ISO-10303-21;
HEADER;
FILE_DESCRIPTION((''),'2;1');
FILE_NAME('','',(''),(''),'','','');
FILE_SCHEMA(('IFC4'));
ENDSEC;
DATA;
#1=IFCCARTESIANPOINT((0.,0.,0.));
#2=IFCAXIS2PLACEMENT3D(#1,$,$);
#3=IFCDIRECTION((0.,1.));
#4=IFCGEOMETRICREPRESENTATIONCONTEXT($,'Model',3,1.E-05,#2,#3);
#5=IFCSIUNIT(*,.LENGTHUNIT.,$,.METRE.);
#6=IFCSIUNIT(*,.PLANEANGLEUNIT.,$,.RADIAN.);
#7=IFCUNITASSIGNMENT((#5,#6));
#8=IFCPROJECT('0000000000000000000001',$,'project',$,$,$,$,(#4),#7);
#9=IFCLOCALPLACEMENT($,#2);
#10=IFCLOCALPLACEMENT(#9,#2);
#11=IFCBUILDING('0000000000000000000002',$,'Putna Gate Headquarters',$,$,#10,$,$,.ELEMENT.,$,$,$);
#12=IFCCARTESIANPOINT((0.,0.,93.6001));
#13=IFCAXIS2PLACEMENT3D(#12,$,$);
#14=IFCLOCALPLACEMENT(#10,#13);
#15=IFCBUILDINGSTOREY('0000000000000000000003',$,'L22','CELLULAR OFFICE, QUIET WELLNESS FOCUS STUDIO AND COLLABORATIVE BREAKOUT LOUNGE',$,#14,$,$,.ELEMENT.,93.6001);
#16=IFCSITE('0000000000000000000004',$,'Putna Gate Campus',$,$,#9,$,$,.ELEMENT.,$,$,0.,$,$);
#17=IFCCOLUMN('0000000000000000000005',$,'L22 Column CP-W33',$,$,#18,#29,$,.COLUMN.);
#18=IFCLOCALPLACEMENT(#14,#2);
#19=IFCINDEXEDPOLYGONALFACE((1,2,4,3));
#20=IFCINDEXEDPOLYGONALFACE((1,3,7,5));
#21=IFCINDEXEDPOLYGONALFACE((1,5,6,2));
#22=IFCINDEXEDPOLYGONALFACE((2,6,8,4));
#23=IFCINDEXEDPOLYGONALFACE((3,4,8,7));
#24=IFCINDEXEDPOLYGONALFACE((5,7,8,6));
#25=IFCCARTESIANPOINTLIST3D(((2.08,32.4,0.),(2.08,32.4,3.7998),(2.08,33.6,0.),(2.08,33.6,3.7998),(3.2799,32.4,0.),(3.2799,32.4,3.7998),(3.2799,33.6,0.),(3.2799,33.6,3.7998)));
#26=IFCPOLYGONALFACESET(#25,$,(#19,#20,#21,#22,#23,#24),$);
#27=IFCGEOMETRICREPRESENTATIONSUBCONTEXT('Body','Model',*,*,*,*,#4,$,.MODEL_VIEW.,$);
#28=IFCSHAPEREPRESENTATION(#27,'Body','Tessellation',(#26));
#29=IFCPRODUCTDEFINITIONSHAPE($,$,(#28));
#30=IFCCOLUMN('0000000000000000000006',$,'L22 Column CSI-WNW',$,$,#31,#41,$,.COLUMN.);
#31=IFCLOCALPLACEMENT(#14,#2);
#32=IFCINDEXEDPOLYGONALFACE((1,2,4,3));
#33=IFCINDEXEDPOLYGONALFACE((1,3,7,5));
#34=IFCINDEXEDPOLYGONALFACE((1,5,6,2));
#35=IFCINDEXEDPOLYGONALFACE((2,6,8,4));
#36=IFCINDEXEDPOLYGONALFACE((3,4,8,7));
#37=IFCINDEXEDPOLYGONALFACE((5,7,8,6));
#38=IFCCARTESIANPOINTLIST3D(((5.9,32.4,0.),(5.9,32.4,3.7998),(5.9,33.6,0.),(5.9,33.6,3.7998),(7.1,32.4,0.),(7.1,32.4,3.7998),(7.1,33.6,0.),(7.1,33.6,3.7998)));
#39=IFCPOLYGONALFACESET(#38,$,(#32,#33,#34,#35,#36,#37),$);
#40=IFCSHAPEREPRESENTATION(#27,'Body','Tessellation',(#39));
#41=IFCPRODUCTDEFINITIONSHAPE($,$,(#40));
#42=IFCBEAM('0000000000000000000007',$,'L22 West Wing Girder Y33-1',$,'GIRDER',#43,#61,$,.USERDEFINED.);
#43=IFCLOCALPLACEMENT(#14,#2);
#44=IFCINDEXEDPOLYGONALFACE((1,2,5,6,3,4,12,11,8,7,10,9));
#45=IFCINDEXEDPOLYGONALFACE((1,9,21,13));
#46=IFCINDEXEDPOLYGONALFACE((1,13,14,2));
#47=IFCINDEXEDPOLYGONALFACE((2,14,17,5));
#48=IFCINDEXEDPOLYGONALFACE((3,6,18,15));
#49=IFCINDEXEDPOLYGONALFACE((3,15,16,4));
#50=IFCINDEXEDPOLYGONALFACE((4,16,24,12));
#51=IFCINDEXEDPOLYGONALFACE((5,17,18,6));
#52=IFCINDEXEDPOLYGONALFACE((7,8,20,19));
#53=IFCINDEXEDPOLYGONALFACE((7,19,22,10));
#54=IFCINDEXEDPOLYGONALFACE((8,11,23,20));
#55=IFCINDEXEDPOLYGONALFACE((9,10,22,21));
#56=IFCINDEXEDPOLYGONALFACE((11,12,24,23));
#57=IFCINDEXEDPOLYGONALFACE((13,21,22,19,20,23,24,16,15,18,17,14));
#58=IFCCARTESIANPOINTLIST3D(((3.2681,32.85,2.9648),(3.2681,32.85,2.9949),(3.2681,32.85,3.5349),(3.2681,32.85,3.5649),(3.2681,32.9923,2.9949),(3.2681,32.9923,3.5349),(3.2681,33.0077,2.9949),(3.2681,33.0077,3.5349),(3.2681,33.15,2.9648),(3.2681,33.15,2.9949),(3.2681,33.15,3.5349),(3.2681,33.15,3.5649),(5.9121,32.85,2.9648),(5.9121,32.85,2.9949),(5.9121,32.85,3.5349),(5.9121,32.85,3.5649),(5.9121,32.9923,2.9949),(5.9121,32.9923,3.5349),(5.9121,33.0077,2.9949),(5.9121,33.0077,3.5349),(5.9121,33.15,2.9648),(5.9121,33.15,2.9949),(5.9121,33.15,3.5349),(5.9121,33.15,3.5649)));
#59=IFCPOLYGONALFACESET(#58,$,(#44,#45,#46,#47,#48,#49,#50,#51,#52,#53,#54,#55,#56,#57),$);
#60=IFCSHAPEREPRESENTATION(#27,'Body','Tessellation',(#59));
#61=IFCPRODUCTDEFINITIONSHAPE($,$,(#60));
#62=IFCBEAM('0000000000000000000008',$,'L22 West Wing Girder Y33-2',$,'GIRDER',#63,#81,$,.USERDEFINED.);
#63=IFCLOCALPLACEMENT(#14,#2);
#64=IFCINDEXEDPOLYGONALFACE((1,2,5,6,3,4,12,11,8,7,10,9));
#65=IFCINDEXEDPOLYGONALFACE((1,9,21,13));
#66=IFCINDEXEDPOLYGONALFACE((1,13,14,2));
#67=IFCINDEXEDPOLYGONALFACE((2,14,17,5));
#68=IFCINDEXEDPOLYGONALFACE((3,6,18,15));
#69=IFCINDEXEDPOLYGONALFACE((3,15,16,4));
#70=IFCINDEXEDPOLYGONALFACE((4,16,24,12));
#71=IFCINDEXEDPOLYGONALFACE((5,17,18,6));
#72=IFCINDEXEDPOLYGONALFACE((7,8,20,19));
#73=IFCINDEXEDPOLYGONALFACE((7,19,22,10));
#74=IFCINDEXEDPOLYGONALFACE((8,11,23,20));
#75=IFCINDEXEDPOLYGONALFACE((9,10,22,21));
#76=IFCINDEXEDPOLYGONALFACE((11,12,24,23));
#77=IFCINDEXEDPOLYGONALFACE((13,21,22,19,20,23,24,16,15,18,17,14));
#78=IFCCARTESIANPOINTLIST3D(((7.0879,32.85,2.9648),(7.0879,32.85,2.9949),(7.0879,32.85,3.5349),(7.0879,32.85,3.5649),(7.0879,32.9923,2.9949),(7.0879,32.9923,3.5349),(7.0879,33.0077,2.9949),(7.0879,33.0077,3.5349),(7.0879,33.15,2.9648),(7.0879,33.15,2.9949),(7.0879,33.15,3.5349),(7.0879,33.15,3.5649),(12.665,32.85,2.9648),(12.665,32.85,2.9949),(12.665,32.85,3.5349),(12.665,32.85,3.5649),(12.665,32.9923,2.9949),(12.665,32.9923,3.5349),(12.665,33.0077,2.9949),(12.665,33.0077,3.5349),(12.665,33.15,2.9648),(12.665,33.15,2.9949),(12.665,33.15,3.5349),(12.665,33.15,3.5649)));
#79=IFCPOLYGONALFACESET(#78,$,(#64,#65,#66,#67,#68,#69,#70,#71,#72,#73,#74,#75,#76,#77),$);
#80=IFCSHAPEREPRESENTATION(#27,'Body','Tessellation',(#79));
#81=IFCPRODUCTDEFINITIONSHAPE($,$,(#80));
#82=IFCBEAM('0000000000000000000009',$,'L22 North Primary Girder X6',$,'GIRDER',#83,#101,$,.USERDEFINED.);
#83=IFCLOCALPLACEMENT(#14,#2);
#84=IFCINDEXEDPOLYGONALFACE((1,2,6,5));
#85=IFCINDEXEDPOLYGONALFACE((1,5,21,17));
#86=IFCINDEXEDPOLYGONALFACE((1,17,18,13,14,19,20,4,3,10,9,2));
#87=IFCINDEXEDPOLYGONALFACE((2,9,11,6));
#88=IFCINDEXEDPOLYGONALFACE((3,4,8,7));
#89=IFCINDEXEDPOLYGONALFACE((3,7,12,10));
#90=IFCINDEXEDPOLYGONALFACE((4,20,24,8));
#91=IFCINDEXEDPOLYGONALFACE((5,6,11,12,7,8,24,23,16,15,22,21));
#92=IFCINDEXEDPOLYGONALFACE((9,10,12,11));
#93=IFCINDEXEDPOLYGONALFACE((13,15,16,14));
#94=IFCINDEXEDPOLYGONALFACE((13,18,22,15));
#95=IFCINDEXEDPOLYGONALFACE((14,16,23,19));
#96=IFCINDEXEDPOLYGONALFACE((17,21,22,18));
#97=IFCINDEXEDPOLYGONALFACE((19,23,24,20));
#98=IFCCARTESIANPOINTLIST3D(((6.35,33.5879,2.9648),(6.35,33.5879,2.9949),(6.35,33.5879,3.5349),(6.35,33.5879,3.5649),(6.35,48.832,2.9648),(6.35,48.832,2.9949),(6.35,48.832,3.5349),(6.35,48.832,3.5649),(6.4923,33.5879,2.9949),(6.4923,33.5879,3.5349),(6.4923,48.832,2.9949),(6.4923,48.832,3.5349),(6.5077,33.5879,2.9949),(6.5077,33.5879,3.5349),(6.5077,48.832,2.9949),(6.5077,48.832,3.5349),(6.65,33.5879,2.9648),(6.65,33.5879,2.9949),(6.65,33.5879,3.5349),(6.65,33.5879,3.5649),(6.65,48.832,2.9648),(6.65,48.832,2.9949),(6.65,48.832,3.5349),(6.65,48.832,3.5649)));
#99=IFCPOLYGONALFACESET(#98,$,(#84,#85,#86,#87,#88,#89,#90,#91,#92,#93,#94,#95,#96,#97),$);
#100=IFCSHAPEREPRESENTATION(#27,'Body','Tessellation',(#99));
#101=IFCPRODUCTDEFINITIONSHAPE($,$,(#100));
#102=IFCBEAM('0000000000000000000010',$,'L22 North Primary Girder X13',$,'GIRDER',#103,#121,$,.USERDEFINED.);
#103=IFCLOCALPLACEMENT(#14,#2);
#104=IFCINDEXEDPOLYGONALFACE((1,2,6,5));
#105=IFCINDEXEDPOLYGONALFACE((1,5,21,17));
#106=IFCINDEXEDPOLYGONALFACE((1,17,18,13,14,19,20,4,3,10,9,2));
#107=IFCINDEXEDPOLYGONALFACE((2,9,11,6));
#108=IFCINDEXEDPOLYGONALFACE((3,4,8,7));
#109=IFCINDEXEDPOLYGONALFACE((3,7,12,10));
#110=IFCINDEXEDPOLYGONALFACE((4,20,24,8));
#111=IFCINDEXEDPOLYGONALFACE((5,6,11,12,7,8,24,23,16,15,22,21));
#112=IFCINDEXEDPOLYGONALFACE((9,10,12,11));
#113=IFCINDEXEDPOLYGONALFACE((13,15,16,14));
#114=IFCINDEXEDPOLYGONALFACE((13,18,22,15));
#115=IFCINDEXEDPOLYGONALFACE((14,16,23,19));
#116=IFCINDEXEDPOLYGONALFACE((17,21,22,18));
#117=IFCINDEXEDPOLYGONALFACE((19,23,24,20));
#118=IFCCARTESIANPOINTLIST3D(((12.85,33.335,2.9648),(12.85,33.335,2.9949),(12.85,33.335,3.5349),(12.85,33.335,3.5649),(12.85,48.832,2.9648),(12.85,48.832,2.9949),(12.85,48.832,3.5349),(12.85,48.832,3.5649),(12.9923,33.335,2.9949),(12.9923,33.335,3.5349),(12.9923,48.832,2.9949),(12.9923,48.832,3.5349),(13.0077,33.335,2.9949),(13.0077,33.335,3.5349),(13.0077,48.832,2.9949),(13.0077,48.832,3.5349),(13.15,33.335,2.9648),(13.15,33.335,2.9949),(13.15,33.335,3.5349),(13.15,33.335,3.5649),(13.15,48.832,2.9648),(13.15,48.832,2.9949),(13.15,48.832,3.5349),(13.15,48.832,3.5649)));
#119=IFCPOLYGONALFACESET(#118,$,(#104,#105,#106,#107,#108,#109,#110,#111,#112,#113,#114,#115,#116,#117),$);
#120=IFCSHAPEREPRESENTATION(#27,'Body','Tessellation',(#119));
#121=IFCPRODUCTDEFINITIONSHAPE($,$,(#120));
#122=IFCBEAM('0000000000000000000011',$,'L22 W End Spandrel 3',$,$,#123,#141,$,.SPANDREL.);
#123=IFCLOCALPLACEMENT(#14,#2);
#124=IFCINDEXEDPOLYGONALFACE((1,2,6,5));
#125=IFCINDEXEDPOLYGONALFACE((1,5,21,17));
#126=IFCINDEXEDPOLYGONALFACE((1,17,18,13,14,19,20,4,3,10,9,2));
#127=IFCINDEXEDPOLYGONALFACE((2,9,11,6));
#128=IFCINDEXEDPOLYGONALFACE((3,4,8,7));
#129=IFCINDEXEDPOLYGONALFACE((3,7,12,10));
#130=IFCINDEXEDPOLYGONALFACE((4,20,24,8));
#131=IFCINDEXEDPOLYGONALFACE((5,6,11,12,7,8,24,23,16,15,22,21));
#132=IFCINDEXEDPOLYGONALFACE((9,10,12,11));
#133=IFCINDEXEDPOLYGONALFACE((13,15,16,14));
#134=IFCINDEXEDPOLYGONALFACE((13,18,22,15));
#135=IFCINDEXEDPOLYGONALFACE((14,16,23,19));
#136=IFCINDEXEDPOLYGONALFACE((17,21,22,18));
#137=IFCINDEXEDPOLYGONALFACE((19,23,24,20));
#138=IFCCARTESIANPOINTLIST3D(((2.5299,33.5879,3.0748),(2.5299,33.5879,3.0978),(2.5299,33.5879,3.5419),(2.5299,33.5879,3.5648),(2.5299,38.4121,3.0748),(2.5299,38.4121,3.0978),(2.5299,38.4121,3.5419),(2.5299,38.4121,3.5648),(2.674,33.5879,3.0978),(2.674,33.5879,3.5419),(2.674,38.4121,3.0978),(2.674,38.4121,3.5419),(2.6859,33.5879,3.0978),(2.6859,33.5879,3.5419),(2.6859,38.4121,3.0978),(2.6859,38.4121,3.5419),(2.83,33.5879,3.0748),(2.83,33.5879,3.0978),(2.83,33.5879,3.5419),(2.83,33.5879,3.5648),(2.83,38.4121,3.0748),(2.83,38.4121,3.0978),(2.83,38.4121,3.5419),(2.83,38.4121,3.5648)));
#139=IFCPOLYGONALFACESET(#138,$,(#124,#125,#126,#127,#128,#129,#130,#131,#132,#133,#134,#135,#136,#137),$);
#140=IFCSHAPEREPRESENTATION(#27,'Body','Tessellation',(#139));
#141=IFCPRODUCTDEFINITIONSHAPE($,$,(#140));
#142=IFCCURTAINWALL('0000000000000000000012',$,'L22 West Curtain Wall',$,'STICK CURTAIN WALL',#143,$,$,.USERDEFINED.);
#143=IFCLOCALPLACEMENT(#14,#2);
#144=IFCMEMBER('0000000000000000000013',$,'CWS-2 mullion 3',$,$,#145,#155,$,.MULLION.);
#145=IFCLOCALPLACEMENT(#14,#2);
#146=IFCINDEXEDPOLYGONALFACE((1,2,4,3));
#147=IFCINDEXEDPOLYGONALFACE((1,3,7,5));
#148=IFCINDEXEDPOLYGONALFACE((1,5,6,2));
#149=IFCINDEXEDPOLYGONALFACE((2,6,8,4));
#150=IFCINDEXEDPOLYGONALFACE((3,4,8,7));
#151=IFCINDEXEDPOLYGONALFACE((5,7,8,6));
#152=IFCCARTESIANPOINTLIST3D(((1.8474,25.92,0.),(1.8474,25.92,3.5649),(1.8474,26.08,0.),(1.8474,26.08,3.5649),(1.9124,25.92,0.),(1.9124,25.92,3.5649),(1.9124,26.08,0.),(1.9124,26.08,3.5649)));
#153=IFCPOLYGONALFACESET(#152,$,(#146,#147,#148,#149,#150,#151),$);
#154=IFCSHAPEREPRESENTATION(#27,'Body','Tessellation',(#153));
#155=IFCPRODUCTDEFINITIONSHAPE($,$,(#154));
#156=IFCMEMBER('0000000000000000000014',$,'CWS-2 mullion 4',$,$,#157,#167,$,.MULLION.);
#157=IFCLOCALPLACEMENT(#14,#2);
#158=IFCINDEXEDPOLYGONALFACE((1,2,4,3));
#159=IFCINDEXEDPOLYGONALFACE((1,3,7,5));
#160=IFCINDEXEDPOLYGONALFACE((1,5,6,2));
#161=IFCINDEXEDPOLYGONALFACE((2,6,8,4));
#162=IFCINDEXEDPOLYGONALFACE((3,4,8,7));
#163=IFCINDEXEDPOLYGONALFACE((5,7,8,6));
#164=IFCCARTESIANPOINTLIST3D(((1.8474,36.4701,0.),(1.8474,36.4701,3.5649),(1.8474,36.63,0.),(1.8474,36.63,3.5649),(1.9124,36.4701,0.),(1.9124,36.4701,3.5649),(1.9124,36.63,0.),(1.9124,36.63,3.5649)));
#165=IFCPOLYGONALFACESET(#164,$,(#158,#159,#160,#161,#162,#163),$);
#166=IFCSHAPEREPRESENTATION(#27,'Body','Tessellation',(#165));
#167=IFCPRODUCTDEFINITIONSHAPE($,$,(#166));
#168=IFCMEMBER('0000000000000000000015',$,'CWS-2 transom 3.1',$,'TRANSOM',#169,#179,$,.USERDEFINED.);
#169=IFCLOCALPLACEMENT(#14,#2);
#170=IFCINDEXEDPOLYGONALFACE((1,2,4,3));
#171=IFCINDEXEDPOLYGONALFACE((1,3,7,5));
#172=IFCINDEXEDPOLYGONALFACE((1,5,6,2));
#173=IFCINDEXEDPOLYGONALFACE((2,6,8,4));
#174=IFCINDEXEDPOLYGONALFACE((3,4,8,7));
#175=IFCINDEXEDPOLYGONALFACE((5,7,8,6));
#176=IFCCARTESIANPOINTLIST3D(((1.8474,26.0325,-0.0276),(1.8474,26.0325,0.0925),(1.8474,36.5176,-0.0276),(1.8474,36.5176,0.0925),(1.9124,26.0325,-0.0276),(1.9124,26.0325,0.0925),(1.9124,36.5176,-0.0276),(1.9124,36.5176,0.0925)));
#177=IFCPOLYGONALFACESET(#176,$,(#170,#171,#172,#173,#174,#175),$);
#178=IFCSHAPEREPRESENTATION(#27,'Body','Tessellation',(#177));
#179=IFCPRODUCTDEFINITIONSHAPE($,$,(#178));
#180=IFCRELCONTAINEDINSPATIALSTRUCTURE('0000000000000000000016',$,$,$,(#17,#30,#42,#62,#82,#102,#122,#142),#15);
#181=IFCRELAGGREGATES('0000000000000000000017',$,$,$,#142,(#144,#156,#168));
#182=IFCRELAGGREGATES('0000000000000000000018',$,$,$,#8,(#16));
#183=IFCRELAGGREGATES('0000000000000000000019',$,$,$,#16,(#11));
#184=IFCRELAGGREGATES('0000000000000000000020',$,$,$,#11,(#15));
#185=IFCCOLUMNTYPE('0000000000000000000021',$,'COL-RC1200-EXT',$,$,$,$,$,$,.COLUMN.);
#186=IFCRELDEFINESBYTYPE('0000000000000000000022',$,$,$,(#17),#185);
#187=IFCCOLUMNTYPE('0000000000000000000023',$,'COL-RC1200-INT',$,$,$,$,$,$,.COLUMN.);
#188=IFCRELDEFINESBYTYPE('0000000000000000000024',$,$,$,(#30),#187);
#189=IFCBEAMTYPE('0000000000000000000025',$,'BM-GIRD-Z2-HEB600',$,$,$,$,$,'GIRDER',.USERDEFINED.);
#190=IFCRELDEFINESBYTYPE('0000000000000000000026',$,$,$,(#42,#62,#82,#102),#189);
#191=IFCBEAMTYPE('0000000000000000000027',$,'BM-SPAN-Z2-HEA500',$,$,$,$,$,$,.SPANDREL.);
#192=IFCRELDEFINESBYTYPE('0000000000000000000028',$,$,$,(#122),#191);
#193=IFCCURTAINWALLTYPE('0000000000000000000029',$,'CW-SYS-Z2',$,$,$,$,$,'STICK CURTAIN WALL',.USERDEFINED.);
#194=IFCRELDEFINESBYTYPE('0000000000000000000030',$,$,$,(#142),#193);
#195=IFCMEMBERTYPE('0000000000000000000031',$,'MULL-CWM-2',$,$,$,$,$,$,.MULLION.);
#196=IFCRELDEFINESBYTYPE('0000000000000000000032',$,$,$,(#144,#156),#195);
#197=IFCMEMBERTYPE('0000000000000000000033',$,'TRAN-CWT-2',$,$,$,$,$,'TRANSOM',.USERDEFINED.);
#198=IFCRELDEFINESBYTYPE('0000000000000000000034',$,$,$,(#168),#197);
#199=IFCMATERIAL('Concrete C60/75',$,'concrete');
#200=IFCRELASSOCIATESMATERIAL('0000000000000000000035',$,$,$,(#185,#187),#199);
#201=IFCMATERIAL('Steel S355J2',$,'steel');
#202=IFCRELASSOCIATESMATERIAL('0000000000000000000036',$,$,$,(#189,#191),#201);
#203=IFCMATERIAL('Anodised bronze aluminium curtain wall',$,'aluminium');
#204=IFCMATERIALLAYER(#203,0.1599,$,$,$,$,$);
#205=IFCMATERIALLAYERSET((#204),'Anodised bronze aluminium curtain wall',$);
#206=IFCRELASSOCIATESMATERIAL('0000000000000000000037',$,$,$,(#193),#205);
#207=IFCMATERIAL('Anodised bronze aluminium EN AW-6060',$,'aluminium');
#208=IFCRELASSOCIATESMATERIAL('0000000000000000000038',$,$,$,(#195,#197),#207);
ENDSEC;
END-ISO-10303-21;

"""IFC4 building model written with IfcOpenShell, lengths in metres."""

from ifc_helpers import new_model, si_unit, direction, frame, origin, origin_2d, place, context, subcontext, project, spatial, rectangle, i_section, extrude, material, layer, layer_set, material_profile, profile_set, type_object, element, aggregate, save


model = new_model("IFC4")

# Units and contexts
model_context = context("Model", 3, precision=1e-05, world=origin(), true_north=direction((0.0, 1.0)))
body_context = subcontext(model_context, "Body", "Model", "MODEL_VIEW")
ifc_project = project(units=[si_unit("LENGTHUNIT", "METRE"), si_unit("PLANEANGLEUNIT", "RADIAN")], contexts=[model_context])

# Site, building, storey
site_placement = place(None, origin())
site = spatial("IfcSite", under=ifc_project, at=site_placement, Name="Putna Gate Campus", CompositionType="ELEMENT", RefElevation=0.0)
building_placement = place(site_placement, origin())
building = spatial("IfcBuilding", under=site, at=building_placement, Name="Putna Gate Headquarters", CompositionType="ELEMENT")
storey_placement = place(building_placement, frame((0.0, 0.0, 93.6001)))
storey = spatial("IfcBuildingStorey", under=building, at=storey_placement, Name="L22", Description="CELLULAR OFFICE, QUIET WELLNESS FOCUS STUDIO AND COLLABORATIVE BREAKOUT LOUNGE", CompositionType="ELEMENT", Elevation=93.6001)

# Columns
ifc_material_1 = material(Name="Concrete C60/75", Category="concrete")
ifc_material_profile_1 = material_profile(ifc_material_1, rectangle(XDim=1.2, YDim=1.2, at=origin_2d()), Name="Concrete C60/75")
ifc_profile_set_1 = profile_set([ifc_material_profile_1], Name="Concrete C60/75")
column_type_1 = type_object("IfcColumnType", Name="COL-RC1200-EXT", PredefinedType="COLUMN", material=ifc_profile_set_1)
column_1_placement = place(storey_placement, frame((2.6799, 33.0, 0.0), z_axis=(0.0, 0.0, 1.0), x_axis=(1.0, 0.0, 0.0)))
element("IfcColumn", 1, at=column_1_placement, inside=storey, type_object=column_type_1, Name="L22 Column CP-W33", PredefinedType="COLUMN", context=body_context, shape_type="SweptSolid", body=[
    extrude(rectangle(XDim=1.2, YDim=1.2, at=origin_2d()), origin(), (0.0, 0.0, 1.0), 3.7998),
])
ifc_material_profile_2 = material_profile(ifc_material_1, rectangle(XDim=1.2, YDim=1.2, at=origin_2d()), Name="Concrete C60/75")
ifc_profile_set_2 = profile_set([ifc_material_profile_2], Name="Concrete C60/75")
column_type_2 = type_object("IfcColumnType", Name="COL-RC1200-INT", PredefinedType="COLUMN", material=ifc_profile_set_2)
column_2_placement = place(storey_placement, frame((6.5, 33.0, 0.0), z_axis=(0.0, 0.0, 1.0), x_axis=(1.0, 0.0, 0.0)))
element("IfcColumn", 2, at=column_2_placement, inside=storey, type_object=column_type_2, Name="L22 Column CSI-WNW", PredefinedType="COLUMN", context=body_context, shape_type="SweptSolid", body=[
    extrude(rectangle(XDim=1.2, YDim=1.2, at=origin_2d()), origin(), (0.0, 0.0, 1.0), 3.7998),
])

# Beams
ifc_material_2 = material(Name="Steel S355J2", Category="steel")
ifc_material_profile_3 = material_profile(ifc_material_2, i_section(OverallWidth=0.3, OverallDepth=0.6001, WebThickness=0.0154, FlangeThickness=0.03, at=origin_2d()), Name="Steel S355J2")
ifc_profile_set_3 = profile_set([ifc_material_profile_3], Name="Steel S355J2")
beam_type_1 = type_object("IfcBeamType", Name="BM-GIRD-Z2-HEB600", ElementType="GIRDER", PredefinedType="USERDEFINED", material=ifc_profile_set_3)
beam_1_placement = place(storey_placement, frame((3.2681, 33.0, 3.2649), z_axis=(1.0, 0.0, 0.0), x_axis=(0.0, 1.0, 0.0)))
element("IfcBeam", 3, at=beam_1_placement, inside=storey, type_object=beam_type_1, Name="L22 West Wing Girder Y33-1", ObjectType="GIRDER", PredefinedType="USERDEFINED", context=body_context, shape_type="SweptSolid", body=[
    extrude(i_section(OverallWidth=0.3, OverallDepth=0.6001, WebThickness=0.0154, FlangeThickness=0.03, at=origin_2d()), origin(), (0.0, 0.0, 1.0), 2.644),
])
beam_2_placement = place(storey_placement, frame((7.0879, 33.0, 3.2649), z_axis=(1.0, 0.0, 0.0), x_axis=(0.0, 1.0, 0.0)))
element("IfcBeam", 4, at=beam_2_placement, inside=storey, type_object=beam_type_1, Name="L22 West Wing Girder Y33-2", ObjectType="GIRDER", PredefinedType="USERDEFINED", context=body_context, shape_type="SweptSolid", body=[
    extrude(i_section(OverallWidth=0.3, OverallDepth=0.6001, WebThickness=0.0154, FlangeThickness=0.03, at=origin_2d()), origin(), (0.0, 0.0, 1.0), 5.5771),
])
beam_3_placement = place(storey_placement, frame((6.5, 33.5879, 3.2649), z_axis=(0.0, 1.0, 0.0), x_axis=(-1.0, 0.0, 0.0)))
element("IfcBeam", 5, at=beam_3_placement, inside=storey, type_object=beam_type_1, Name="L22 North Primary Girder X6", ObjectType="GIRDER", PredefinedType="USERDEFINED", context=body_context, shape_type="SweptSolid", body=[
    extrude(i_section(OverallWidth=0.3, OverallDepth=0.6001, WebThickness=0.0154, FlangeThickness=0.03, at=origin_2d()), origin(), (0.0, 0.0, 1.0), 15.2441),
])
beam_4_placement = place(storey_placement, frame((13.0, 33.335, 3.2649), z_axis=(0.0, 1.0, 0.0), x_axis=(-1.0, 0.0, 0.0)))
element("IfcBeam", 6, at=beam_4_placement, inside=storey, type_object=beam_type_1, Name="L22 North Primary Girder X13", ObjectType="GIRDER", PredefinedType="USERDEFINED", context=body_context, shape_type="SweptSolid", body=[
    extrude(i_section(OverallWidth=0.3, OverallDepth=0.6001, WebThickness=0.0154, FlangeThickness=0.03, at=origin_2d()), origin(), (0.0, 0.0, 1.0), 15.4971),
])
ifc_material_profile_4 = material_profile(ifc_material_2, i_section(OverallWidth=0.3, OverallDepth=0.49, WebThickness=0.012, FlangeThickness=0.0229, at=origin_2d()), Name="Steel S355J2")
ifc_profile_set_4 = profile_set([ifc_material_profile_4], Name="Steel S355J2")
beam_type_2 = type_object("IfcBeamType", Name="BM-SPAN-Z2-HEA500", PredefinedType="SPANDREL", material=ifc_profile_set_4)
beam_5_placement = place(storey_placement, frame((2.6799, 33.5879, 3.3198), z_axis=(0.0, 1.0, 0.0), x_axis=(-1.0, 0.0, 0.0)))
element("IfcBeam", 7, at=beam_5_placement, inside=storey, type_object=beam_type_2, Name="L22 W End Spandrel 3", PredefinedType="SPANDREL", context=body_context, shape_type="SweptSolid", body=[
    extrude(i_section(OverallWidth=0.3, OverallDepth=0.49, WebThickness=0.012, FlangeThickness=0.0229, at=origin_2d()), origin(), (0.0, 0.0, 1.0), 4.8242),
])

# Curtain wall, members
ifc_material_3 = material(Name="Anodised bronze aluminium curtain wall", Category="aluminium")
ifc_layer_1 = layer(ifc_material_3, 0.1599)
ifc_layer_set_1 = layer_set([ifc_layer_1], Name="Anodised bronze aluminium curtain wall")
curtain_wall_type = type_object("IfcCurtainWallType", Name="CW-SYS-Z2", ElementType="STICK CURTAIN WALL", PredefinedType="USERDEFINED", material=ifc_layer_set_1)
curtain_wall_placement = place(storey_placement, origin())
curtain_wall = element("IfcCurtainWall", 8, at=curtain_wall_placement, inside=storey, type_object=curtain_wall_type, Name="L22 West Curtain Wall", ObjectType="STICK CURTAIN WALL", PredefinedType="USERDEFINED")
ifc_material_4 = material(Name="Anodised bronze aluminium EN AW-6060", Category="aluminium")
ifc_material_profile_5 = material_profile(ifc_material_4, rectangle(XDim=0.0649, YDim=0.1599, at=origin_2d()), Name="Anodised bronze aluminium EN AW-6060")
ifc_profile_set_5 = profile_set([ifc_material_profile_5], Name="Anodised bronze aluminium EN AW-6060")
member_type_1 = type_object("IfcMemberType", Name="MULL-CWM-2", PredefinedType="MULLION", material=ifc_profile_set_5)
member_1_placement = place(storey_placement, frame((1.8799, 26.0, 0.0), z_axis=(0.0, 0.0, 1.0), x_axis=(-1.0, 0.0, 0.0)))
member_1 = element("IfcMember", 9, at=member_1_placement, type_object=member_type_1, Name="CWS-2 mullion 3", PredefinedType="MULLION", context=body_context, shape_type="SweptSolid", body=[
    extrude(rectangle(XDim=0.0649, YDim=0.1599, at=origin_2d()), origin(), (0.0, 0.0, 1.0), 3.5649),
])
member_2_placement = place(storey_placement, frame((1.8799, 36.55, 0.0), z_axis=(0.0, 0.0, 1.0), x_axis=(-1.0, 0.0, 0.0)))
member_2 = element("IfcMember", 10, at=member_2_placement, type_object=member_type_1, Name="CWS-2 mullion 4", PredefinedType="MULLION", context=body_context, shape_type="SweptSolid", body=[
    extrude(rectangle(XDim=0.0649, YDim=0.1599, at=origin_2d()), origin(), (0.0, 0.0, 1.0), 3.5649),
])
ifc_material_profile_6 = material_profile(ifc_material_4, rectangle(XDim=0.0649, YDim=0.1201, at=origin_2d()), Name="Anodised bronze aluminium EN AW-6060")
ifc_profile_set_6 = profile_set([ifc_material_profile_6], Name="Anodised bronze aluminium EN AW-6060")
member_type_2 = type_object("IfcMemberType", Name="TRAN-CWT-2", ElementType="TRANSOM", PredefinedType="USERDEFINED", material=ifc_profile_set_6)
member_3_placement = place(storey_placement, frame((1.8799, 26.0325, 0.0325), z_axis=(0.0, 1.0, 0.0), x_axis=(-1.0, 0.0, 0.0)))
member_3 = element("IfcMember", 11, at=member_3_placement, type_object=member_type_2, Name="CWS-2 transom 3.1", ObjectType="TRANSOM", PredefinedType="USERDEFINED", context=body_context, shape_type="SweptSolid", body=[
    extrude(rectangle(XDim=0.0649, YDim=0.1201, at=origin_2d()), origin(), (0.0, 0.0, 1.0), 10.4851),
])
aggregate(curtain_wall, [member_1, member_2, member_3])

save(model, "model.ifc")
